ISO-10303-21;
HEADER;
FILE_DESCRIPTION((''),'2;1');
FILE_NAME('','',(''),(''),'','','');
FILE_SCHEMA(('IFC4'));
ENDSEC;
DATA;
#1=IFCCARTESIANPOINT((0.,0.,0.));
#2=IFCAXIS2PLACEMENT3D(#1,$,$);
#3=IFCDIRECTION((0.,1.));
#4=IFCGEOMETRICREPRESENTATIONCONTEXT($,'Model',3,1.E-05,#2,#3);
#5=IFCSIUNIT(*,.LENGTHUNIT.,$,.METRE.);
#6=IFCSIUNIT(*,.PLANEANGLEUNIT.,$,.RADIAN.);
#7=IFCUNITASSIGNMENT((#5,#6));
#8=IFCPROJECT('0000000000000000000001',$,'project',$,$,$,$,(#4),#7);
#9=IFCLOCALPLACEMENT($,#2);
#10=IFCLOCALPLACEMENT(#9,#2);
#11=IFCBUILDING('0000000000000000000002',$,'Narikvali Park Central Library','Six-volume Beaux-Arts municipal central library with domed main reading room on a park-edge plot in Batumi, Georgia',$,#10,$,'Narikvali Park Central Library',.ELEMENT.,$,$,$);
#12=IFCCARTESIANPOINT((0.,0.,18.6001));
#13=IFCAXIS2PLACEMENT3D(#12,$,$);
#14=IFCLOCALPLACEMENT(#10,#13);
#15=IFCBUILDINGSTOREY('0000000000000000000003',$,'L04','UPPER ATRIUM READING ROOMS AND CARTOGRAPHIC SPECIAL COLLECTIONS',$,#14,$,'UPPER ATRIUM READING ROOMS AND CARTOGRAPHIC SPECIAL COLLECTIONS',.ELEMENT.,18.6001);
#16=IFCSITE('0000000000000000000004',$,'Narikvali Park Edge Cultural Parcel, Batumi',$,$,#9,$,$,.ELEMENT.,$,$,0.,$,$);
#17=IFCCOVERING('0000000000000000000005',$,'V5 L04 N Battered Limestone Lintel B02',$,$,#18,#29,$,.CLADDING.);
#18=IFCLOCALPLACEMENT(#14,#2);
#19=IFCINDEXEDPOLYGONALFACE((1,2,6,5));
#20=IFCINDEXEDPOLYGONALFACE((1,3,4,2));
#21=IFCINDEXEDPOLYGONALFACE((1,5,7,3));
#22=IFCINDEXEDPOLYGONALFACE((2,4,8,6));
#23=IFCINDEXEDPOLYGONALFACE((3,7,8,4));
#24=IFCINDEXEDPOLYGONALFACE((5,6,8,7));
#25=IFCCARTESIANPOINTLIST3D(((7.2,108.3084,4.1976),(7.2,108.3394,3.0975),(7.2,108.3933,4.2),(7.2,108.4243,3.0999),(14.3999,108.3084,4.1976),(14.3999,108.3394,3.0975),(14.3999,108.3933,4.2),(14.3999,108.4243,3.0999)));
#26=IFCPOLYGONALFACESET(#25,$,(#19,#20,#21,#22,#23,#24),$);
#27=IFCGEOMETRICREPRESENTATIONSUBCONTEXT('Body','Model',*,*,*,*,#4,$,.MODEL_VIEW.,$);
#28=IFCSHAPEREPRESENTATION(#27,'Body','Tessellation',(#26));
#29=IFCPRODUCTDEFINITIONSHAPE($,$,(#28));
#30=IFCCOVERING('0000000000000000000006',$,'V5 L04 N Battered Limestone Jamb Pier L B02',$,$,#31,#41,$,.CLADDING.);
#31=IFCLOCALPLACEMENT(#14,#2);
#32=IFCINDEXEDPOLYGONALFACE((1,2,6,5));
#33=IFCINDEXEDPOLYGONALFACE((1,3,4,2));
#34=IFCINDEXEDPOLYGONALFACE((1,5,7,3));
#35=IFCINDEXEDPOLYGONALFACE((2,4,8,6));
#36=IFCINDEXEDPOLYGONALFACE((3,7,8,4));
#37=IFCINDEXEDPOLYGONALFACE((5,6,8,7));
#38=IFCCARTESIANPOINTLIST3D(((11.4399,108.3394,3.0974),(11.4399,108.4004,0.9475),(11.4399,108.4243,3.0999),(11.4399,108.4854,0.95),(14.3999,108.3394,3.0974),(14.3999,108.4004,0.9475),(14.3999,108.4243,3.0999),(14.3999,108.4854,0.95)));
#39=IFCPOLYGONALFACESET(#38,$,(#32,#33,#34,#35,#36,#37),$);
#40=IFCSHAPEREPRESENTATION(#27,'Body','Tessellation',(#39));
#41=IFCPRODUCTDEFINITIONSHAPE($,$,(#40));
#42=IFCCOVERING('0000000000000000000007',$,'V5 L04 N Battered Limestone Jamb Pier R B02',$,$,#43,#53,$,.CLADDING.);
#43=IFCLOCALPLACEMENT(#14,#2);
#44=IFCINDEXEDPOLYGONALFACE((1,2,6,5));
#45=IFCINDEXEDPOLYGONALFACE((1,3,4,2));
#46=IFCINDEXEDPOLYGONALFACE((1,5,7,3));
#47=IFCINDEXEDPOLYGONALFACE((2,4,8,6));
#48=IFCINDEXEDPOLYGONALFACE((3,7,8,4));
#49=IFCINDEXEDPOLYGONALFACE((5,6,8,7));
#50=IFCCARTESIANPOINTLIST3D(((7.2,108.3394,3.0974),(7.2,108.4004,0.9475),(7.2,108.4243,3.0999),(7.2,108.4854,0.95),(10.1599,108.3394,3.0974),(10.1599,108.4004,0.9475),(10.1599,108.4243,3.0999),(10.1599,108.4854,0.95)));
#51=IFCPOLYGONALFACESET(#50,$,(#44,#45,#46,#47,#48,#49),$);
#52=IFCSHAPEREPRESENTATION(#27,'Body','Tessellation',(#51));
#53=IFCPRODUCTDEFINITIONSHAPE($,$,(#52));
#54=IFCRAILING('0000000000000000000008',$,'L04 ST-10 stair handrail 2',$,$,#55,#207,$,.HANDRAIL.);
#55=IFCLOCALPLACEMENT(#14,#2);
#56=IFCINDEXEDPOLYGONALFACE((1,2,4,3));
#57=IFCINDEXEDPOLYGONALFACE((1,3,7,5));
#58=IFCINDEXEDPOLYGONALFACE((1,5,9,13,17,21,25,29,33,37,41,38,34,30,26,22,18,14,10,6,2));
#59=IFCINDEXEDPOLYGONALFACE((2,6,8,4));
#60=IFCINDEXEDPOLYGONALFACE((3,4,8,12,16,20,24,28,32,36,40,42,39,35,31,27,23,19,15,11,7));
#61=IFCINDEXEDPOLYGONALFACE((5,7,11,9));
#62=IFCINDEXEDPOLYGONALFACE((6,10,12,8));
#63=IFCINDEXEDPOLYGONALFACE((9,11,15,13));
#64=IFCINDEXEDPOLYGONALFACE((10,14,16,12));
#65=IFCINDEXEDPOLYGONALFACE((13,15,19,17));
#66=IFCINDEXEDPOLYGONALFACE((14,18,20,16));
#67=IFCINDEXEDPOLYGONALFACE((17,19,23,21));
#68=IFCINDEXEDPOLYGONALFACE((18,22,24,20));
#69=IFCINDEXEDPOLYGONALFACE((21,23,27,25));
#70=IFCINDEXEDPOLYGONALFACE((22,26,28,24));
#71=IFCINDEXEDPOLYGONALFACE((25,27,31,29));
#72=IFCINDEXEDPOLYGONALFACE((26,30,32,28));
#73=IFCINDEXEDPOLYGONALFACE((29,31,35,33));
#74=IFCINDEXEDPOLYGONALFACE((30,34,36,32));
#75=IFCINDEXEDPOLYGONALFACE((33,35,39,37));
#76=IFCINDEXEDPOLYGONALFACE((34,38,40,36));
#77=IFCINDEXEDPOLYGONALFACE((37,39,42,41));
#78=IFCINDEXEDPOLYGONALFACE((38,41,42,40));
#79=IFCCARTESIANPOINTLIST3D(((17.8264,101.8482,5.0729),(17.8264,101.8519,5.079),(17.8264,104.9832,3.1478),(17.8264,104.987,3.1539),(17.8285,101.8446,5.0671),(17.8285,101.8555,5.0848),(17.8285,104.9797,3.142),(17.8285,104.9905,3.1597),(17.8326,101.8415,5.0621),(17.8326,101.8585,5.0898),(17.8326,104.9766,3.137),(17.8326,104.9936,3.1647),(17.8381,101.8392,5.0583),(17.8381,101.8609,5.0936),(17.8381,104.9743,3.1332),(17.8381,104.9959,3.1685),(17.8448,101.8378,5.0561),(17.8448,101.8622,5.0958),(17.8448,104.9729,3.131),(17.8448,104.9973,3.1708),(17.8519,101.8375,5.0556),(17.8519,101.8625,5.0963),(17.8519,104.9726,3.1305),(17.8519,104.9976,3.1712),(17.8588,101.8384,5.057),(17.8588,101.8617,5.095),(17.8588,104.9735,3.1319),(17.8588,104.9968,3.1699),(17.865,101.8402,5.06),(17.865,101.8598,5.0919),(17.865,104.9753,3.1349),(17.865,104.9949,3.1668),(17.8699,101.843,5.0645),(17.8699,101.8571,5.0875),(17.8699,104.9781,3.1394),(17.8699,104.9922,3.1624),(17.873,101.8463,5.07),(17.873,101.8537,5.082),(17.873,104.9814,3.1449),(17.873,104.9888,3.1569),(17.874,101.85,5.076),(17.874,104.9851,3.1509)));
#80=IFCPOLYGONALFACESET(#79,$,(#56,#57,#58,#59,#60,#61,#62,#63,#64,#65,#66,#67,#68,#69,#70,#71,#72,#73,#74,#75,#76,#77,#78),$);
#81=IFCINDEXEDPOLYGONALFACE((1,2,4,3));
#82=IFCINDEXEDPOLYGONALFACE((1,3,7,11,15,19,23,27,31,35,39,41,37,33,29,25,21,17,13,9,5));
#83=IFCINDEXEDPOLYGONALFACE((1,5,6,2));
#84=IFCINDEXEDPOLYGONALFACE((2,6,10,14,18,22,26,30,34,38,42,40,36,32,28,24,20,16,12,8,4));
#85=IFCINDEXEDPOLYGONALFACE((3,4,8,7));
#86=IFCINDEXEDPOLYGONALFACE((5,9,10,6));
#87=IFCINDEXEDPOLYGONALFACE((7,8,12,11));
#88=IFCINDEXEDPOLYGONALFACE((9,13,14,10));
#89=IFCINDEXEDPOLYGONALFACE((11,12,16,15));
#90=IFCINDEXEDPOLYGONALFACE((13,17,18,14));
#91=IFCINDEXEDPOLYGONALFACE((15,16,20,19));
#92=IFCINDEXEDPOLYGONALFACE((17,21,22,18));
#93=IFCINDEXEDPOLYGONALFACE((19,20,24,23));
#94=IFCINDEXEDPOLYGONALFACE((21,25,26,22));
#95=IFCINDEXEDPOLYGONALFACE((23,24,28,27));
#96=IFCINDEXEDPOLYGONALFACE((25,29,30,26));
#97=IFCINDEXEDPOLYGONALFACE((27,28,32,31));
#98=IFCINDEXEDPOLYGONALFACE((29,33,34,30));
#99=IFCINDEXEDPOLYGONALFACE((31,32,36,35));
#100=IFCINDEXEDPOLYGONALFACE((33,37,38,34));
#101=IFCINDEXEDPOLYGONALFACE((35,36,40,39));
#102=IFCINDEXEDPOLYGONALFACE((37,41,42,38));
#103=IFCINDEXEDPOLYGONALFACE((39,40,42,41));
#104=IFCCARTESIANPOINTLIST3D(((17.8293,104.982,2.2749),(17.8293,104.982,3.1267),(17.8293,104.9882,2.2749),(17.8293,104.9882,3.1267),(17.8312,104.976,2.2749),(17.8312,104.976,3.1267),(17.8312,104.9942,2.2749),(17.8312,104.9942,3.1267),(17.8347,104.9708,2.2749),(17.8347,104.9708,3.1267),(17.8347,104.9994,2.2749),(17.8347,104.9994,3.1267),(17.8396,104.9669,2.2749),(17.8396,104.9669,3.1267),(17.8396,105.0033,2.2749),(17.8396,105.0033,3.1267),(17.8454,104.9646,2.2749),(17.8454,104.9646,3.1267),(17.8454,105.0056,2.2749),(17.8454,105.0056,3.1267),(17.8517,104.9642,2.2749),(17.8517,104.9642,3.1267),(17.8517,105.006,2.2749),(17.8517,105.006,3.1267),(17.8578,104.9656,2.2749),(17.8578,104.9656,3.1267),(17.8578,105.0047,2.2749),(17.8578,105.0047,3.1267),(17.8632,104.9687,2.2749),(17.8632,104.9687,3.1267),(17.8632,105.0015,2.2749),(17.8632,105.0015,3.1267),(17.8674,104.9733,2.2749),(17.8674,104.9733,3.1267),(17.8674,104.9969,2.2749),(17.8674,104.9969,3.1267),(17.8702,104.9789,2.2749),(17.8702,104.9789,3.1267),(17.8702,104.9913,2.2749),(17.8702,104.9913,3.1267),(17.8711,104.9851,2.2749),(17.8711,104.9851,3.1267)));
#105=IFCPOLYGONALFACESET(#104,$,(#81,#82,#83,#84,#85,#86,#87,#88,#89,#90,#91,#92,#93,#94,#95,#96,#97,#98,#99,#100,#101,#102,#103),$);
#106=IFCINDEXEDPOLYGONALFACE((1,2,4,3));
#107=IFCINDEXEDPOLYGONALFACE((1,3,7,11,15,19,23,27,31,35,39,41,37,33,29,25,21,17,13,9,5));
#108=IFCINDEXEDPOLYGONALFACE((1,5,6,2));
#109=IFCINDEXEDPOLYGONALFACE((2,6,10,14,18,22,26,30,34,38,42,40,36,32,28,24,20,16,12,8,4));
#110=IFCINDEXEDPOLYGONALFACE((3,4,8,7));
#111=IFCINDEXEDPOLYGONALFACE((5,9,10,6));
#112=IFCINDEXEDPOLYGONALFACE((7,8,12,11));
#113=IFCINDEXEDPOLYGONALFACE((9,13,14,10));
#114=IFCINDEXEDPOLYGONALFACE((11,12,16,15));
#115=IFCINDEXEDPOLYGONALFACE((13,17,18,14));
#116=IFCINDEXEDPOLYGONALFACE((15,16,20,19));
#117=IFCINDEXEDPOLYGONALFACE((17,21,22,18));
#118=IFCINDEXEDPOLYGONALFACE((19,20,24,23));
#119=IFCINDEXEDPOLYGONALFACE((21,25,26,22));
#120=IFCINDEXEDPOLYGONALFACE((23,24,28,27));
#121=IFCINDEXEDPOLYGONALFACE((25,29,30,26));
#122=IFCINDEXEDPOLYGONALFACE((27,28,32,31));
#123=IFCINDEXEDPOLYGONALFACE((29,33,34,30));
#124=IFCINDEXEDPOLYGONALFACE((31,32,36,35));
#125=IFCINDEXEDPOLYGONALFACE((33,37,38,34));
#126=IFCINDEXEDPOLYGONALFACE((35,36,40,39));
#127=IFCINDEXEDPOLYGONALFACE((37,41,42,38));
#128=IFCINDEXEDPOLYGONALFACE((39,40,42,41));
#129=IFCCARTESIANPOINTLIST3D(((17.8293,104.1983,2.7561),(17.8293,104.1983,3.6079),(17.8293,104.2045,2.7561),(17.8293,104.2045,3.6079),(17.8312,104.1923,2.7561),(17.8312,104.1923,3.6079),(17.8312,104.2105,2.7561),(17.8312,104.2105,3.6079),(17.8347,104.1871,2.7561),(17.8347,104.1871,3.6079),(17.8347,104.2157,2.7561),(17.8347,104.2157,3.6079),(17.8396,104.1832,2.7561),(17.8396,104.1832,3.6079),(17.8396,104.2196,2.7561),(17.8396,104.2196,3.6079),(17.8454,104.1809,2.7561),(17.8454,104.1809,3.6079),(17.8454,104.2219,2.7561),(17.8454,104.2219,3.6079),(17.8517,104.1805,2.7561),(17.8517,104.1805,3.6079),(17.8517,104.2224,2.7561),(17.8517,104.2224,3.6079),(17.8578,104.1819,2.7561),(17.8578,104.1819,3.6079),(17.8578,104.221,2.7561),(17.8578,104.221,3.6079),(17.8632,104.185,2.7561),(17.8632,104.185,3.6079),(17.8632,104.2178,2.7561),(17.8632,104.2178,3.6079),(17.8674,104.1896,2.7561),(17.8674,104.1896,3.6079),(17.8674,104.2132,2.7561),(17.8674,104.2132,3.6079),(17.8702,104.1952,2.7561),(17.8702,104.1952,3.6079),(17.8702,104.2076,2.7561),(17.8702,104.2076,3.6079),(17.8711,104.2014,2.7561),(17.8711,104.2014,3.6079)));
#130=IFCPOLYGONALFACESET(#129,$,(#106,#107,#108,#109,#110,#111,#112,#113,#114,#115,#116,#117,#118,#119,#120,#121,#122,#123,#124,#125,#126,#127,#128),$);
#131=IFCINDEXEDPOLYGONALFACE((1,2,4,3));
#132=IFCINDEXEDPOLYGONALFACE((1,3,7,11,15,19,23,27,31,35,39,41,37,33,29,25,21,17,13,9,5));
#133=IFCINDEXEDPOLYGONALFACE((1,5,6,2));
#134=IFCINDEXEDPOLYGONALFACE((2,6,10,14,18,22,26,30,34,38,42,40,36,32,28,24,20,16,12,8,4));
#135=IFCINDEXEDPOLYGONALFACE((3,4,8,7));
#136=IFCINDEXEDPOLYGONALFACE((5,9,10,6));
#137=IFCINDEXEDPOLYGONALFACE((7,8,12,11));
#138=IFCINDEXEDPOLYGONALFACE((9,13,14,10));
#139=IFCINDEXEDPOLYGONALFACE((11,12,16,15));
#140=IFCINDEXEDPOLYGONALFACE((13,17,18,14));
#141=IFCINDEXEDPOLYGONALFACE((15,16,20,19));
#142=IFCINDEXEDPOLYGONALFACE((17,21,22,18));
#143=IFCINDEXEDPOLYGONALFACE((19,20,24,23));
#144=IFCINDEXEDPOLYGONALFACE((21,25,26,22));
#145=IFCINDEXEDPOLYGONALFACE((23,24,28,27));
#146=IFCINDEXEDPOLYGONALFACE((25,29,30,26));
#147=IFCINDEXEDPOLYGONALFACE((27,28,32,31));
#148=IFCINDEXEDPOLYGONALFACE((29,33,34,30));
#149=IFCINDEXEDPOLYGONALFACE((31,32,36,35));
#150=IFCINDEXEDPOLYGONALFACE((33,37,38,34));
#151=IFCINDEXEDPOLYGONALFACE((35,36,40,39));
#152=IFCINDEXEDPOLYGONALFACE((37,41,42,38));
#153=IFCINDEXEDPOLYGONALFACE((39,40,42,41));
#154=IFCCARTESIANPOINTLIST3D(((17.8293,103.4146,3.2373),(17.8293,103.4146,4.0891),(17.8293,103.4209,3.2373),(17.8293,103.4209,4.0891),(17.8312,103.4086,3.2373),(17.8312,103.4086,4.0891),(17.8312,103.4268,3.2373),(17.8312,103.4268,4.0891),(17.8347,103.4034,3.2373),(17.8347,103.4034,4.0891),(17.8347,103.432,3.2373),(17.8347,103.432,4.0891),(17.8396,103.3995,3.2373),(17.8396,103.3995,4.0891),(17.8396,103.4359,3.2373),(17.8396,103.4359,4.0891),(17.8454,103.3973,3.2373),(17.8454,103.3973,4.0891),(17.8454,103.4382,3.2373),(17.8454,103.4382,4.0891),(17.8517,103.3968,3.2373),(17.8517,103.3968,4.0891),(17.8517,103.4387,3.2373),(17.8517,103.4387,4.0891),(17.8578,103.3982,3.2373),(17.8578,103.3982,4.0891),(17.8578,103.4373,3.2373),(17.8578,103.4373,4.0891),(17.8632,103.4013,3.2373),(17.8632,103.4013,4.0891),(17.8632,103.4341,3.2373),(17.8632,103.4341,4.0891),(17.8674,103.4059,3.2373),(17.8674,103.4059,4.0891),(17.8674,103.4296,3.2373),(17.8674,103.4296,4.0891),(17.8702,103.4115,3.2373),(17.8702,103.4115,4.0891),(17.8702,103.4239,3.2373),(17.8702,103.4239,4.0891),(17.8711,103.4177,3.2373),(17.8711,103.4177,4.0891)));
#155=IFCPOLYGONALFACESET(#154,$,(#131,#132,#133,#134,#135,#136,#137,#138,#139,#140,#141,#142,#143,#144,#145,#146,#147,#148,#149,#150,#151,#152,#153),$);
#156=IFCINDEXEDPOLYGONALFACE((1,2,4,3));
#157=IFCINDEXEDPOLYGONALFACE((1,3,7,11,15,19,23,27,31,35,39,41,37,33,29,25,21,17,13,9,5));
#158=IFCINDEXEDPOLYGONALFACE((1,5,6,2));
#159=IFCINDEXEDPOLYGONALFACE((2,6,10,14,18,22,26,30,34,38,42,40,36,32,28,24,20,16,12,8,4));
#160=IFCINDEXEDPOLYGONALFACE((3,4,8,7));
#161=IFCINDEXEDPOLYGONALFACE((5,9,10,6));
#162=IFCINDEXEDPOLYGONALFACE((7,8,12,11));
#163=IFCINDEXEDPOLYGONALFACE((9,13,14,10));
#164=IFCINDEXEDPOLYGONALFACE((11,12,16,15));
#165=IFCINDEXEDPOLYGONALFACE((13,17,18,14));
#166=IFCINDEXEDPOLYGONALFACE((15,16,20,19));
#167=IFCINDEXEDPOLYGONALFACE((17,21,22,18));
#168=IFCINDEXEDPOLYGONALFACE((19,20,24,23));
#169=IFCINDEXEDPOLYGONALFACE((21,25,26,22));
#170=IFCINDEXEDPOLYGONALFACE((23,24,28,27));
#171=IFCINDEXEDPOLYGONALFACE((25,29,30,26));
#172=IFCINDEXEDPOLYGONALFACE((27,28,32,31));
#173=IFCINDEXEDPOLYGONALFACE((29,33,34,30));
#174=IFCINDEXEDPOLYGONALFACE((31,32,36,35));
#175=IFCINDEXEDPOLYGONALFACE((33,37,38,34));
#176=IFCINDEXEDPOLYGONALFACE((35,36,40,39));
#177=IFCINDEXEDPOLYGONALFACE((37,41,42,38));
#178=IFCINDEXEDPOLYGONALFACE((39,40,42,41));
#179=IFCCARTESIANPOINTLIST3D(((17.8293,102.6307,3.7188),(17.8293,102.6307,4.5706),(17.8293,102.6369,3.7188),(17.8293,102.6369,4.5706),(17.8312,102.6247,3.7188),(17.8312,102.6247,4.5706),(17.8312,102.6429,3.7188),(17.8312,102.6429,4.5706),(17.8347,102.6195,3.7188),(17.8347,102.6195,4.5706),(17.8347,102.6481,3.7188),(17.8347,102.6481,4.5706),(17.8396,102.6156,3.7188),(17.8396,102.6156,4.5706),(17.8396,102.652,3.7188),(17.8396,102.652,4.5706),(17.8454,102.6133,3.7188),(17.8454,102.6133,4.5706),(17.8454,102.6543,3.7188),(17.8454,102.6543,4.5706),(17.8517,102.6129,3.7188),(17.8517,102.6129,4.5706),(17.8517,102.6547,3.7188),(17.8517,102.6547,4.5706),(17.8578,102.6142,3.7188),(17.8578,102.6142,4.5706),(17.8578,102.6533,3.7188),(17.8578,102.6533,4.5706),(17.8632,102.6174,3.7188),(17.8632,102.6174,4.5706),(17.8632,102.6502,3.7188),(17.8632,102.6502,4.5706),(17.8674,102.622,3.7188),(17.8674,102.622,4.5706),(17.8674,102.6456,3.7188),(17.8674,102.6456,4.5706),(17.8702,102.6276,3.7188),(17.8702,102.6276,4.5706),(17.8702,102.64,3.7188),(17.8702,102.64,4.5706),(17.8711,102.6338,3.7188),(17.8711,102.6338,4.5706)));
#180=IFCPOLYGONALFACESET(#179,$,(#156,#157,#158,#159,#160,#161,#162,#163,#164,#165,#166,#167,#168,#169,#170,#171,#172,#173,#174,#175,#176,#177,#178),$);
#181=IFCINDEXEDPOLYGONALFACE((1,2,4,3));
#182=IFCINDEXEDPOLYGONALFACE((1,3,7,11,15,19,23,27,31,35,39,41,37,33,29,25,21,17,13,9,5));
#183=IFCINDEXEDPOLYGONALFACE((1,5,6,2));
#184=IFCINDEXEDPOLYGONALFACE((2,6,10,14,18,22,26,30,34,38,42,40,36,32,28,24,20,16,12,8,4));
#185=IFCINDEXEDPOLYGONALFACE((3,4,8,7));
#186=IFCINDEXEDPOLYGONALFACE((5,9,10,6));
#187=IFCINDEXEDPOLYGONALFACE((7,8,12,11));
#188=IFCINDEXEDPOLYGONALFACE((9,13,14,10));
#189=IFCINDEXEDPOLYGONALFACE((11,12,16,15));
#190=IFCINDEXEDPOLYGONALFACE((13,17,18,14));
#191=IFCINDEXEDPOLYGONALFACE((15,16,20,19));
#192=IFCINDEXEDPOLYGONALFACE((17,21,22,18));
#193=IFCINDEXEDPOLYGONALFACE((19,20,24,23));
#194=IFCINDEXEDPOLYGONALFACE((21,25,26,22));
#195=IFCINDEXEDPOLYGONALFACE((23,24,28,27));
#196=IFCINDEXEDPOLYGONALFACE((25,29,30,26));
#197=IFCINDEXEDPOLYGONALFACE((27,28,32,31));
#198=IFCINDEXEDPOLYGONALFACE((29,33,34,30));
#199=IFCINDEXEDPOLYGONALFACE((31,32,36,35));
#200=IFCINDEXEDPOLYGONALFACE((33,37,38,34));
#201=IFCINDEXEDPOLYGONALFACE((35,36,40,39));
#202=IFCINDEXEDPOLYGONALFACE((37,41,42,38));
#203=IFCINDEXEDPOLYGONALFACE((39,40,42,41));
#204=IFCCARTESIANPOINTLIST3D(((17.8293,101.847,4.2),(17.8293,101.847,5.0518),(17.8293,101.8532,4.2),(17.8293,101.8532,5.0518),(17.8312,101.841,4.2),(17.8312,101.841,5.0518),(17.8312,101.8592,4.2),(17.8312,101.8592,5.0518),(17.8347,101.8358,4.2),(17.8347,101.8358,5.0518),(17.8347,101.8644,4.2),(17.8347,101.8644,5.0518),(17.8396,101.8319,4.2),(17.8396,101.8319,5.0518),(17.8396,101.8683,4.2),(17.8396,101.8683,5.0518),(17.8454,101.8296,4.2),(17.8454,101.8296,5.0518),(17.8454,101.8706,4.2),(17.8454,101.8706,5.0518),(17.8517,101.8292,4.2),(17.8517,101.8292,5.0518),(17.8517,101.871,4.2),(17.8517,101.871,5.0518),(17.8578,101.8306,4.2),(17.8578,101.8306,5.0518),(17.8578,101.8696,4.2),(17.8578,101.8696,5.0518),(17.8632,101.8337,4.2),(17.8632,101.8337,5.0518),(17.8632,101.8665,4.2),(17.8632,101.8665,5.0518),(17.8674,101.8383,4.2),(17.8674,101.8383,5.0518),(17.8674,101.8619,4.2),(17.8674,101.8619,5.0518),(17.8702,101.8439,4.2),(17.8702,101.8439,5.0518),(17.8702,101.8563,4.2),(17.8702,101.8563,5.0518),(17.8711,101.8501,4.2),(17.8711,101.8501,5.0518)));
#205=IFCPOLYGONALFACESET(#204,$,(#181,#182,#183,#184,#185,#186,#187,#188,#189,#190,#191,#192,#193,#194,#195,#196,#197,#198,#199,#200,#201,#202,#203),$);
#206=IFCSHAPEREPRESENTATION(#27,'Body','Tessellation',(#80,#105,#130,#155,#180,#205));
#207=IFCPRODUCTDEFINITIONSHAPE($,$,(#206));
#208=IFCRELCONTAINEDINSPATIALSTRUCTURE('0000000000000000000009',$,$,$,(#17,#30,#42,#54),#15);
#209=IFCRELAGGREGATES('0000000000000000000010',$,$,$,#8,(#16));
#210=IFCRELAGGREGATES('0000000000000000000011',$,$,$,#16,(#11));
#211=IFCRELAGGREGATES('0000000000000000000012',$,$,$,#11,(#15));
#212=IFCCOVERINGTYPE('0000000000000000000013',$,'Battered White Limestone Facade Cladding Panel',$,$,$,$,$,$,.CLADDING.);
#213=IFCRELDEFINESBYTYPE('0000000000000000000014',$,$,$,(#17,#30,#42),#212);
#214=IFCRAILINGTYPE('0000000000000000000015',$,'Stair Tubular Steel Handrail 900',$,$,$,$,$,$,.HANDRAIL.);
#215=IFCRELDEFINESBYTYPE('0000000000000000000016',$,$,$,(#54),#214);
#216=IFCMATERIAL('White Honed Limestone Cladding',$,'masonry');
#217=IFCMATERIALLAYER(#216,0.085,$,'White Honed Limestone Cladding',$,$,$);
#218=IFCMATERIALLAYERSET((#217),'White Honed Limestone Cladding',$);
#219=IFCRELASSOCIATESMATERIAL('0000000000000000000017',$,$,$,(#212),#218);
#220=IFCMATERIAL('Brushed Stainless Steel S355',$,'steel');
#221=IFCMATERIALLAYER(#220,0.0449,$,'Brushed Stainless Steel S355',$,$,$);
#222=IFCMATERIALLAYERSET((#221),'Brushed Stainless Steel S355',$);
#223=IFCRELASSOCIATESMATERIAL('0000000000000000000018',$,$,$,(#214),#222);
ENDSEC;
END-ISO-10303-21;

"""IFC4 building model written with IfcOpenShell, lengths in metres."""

from ifc_helpers import new_model, si_unit, direction, frame, origin, origin_2d, place, context, subcontext, project, spatial, polyline, circle, outline, extrude, material, layer, layer_set, type_object, element, save


model = new_model("IFC4")

# Units and contexts
model_context = context("Model", 3, precision=1e-05, world=origin(), true_north=direction((0.0, 1.0)))
body_context = subcontext(model_context, "Body", "Model", "MODEL_VIEW")
ifc_project = project(units=[si_unit("LENGTHUNIT", "METRE"), si_unit("PLANEANGLEUNIT", "RADIAN")], contexts=[model_context])

# Site, building, storey
site_placement = place(None, origin())
site = spatial("IfcSite", under=ifc_project, at=site_placement, Name="Narikvali Park Edge Cultural Parcel, Batumi", CompositionType="ELEMENT", RefElevation=0.0)
building_placement = place(site_placement, origin())
building = spatial("IfcBuilding", under=site, at=building_placement, Name="Narikvali Park Central Library", Description="Six-volume Beaux-Arts municipal central library with domed main reading room on a park-edge plot in Batumi, Georgia", LongName="Narikvali Park Central Library", CompositionType="ELEMENT")
storey_placement = place(building_placement, frame((0.0, 0.0, 18.6001)))
storey = spatial("IfcBuildingStorey", under=building, at=storey_placement, Name="L04", Description="UPPER ATRIUM READING ROOMS AND CARTOGRAPHIC SPECIAL COLLECTIONS", LongName="UPPER ATRIUM READING ROOMS AND CARTOGRAPHIC SPECIAL COLLECTIONS", CompositionType="ELEMENT", Elevation=18.6001)

# Shared definitions
ifc_material_1 = material(Name="Brushed Stainless Steel S355", Category="steel")

# Coverings
ifc_material_2 = material(Name="White Honed Limestone Cladding", Category="masonry")
ifc_layer_1 = layer(ifc_material_2, 0.085, Name="White Honed Limestone Cladding")
ifc_layer_set_1 = layer_set([ifc_layer_1], Name="White Honed Limestone Cladding")
covering_type = type_object("IfcCoveringType", Name="Battered White Limestone Facade Cladding Panel", PredefinedType="CLADDING", material=ifc_layer_set_1)
covering_1_placement = place(storey_placement, frame((14.3999, 108.4243, 3.0999), z_axis=(0.0, 0.999603, 0.028173), x_axis=(-1.0, 0.0, 0.0)))
element("IfcCovering", 1, at=covering_1_placement, inside=storey, type_object=covering_type, Name="V5 L04 N Battered Limestone Lintel B02", PredefinedType="CLADDING", context=body_context, shape_type="SweptSolid", body=[
    extrude(outline(polyline([(0.0, 0.0), (7.2, 0.0), (7.2, 1.1005), (0.0, 1.1005), (0.0, 0.0)])), origin(), (0.0, 0.0, -1.0), 0.085),
])
for number, where, z_axis, x_axis, name in (
    (2, (14.3999, 108.4854, 0.95), (0.0, 0.999597, 0.028378), (-1.0, 0.0, 0.0), "V5 L04 N Battered Limestone Jamb Pier L B02"),
    (3, (10.1599, 108.4854, 0.95), (0.0, 0.999597, 0.028378), (-1.0, 0.0, 0.0), "V5 L04 N Battered Limestone Jamb Pier R B02"),
):
    element("IfcCovering", number, at=place(storey_placement, frame(where, z_axis=z_axis, x_axis=x_axis)), inside=storey, type_object=covering_type, Name=name, PredefinedType="CLADDING", context=body_context, shape_type="SweptSolid", body=[
        extrude(outline(polyline([(0.0, 0.0), (2.96, 0.0), (2.96, 2.1508), (0.0, 2.1508), (0.0, 0.0)])), origin(), (0.0, 0.0, -1.0), 0.085),
    ])

# Railing
ifc_layer_2 = layer(ifc_material_1, 0.0449, Name="Brushed Stainless Steel S355")
ifc_layer_set_2 = layer_set([ifc_layer_2], Name="Brushed Stainless Steel S355")
railing_type_1 = type_object("IfcRailingType", Name="Stair Tubular Steel Handrail 900", PredefinedType="HANDRAIL", material=ifc_layer_set_2)
railing_1_placement = place(storey_placement, frame((17.8501, 104.9851, 2.2749)))
element("IfcRailing", 4, at=railing_1_placement, inside=storey, type_object=railing_type_1, Name="L04 ST-10 stair handrail 2", PredefinedType="HANDRAIL", context=body_context, shape_type="SweptSolid", body=[
    extrude(circle(Radius=0.0239, at=origin_2d()), frame((0.0, 0.0, 0.876), z_axis=(0.0, -0.852166, 0.523271), x_axis=(1.0, 0.0, 0.0)), (0.0, 0.0, 1.0), 3.679),
    extrude(circle(Radius=0.021, at=origin_2d()), origin(), (0.0, 0.0, 1.0), 0.8518),
    extrude(circle(Radius=0.021, at=origin_2d()), frame((0.0, -0.7837, 0.4812)), (0.0, 0.0, 1.0), 0.8518),
    extrude(circle(Radius=0.021, at=origin_2d()), frame((0.0, -1.5674, 0.9624)), (0.0, 0.0, 1.0), 0.8518),
    extrude(circle(Radius=0.021, at=origin_2d()), frame((0.0, -2.3513, 1.4438)), (0.0, 0.0, 1.0), 0.8518),
    extrude(circle(Radius=0.021, at=origin_2d()), frame((0.0, -3.135, 1.925)), (0.0, 0.0, 1.0), 0.8518),
])

save(model, "model.ifc")
